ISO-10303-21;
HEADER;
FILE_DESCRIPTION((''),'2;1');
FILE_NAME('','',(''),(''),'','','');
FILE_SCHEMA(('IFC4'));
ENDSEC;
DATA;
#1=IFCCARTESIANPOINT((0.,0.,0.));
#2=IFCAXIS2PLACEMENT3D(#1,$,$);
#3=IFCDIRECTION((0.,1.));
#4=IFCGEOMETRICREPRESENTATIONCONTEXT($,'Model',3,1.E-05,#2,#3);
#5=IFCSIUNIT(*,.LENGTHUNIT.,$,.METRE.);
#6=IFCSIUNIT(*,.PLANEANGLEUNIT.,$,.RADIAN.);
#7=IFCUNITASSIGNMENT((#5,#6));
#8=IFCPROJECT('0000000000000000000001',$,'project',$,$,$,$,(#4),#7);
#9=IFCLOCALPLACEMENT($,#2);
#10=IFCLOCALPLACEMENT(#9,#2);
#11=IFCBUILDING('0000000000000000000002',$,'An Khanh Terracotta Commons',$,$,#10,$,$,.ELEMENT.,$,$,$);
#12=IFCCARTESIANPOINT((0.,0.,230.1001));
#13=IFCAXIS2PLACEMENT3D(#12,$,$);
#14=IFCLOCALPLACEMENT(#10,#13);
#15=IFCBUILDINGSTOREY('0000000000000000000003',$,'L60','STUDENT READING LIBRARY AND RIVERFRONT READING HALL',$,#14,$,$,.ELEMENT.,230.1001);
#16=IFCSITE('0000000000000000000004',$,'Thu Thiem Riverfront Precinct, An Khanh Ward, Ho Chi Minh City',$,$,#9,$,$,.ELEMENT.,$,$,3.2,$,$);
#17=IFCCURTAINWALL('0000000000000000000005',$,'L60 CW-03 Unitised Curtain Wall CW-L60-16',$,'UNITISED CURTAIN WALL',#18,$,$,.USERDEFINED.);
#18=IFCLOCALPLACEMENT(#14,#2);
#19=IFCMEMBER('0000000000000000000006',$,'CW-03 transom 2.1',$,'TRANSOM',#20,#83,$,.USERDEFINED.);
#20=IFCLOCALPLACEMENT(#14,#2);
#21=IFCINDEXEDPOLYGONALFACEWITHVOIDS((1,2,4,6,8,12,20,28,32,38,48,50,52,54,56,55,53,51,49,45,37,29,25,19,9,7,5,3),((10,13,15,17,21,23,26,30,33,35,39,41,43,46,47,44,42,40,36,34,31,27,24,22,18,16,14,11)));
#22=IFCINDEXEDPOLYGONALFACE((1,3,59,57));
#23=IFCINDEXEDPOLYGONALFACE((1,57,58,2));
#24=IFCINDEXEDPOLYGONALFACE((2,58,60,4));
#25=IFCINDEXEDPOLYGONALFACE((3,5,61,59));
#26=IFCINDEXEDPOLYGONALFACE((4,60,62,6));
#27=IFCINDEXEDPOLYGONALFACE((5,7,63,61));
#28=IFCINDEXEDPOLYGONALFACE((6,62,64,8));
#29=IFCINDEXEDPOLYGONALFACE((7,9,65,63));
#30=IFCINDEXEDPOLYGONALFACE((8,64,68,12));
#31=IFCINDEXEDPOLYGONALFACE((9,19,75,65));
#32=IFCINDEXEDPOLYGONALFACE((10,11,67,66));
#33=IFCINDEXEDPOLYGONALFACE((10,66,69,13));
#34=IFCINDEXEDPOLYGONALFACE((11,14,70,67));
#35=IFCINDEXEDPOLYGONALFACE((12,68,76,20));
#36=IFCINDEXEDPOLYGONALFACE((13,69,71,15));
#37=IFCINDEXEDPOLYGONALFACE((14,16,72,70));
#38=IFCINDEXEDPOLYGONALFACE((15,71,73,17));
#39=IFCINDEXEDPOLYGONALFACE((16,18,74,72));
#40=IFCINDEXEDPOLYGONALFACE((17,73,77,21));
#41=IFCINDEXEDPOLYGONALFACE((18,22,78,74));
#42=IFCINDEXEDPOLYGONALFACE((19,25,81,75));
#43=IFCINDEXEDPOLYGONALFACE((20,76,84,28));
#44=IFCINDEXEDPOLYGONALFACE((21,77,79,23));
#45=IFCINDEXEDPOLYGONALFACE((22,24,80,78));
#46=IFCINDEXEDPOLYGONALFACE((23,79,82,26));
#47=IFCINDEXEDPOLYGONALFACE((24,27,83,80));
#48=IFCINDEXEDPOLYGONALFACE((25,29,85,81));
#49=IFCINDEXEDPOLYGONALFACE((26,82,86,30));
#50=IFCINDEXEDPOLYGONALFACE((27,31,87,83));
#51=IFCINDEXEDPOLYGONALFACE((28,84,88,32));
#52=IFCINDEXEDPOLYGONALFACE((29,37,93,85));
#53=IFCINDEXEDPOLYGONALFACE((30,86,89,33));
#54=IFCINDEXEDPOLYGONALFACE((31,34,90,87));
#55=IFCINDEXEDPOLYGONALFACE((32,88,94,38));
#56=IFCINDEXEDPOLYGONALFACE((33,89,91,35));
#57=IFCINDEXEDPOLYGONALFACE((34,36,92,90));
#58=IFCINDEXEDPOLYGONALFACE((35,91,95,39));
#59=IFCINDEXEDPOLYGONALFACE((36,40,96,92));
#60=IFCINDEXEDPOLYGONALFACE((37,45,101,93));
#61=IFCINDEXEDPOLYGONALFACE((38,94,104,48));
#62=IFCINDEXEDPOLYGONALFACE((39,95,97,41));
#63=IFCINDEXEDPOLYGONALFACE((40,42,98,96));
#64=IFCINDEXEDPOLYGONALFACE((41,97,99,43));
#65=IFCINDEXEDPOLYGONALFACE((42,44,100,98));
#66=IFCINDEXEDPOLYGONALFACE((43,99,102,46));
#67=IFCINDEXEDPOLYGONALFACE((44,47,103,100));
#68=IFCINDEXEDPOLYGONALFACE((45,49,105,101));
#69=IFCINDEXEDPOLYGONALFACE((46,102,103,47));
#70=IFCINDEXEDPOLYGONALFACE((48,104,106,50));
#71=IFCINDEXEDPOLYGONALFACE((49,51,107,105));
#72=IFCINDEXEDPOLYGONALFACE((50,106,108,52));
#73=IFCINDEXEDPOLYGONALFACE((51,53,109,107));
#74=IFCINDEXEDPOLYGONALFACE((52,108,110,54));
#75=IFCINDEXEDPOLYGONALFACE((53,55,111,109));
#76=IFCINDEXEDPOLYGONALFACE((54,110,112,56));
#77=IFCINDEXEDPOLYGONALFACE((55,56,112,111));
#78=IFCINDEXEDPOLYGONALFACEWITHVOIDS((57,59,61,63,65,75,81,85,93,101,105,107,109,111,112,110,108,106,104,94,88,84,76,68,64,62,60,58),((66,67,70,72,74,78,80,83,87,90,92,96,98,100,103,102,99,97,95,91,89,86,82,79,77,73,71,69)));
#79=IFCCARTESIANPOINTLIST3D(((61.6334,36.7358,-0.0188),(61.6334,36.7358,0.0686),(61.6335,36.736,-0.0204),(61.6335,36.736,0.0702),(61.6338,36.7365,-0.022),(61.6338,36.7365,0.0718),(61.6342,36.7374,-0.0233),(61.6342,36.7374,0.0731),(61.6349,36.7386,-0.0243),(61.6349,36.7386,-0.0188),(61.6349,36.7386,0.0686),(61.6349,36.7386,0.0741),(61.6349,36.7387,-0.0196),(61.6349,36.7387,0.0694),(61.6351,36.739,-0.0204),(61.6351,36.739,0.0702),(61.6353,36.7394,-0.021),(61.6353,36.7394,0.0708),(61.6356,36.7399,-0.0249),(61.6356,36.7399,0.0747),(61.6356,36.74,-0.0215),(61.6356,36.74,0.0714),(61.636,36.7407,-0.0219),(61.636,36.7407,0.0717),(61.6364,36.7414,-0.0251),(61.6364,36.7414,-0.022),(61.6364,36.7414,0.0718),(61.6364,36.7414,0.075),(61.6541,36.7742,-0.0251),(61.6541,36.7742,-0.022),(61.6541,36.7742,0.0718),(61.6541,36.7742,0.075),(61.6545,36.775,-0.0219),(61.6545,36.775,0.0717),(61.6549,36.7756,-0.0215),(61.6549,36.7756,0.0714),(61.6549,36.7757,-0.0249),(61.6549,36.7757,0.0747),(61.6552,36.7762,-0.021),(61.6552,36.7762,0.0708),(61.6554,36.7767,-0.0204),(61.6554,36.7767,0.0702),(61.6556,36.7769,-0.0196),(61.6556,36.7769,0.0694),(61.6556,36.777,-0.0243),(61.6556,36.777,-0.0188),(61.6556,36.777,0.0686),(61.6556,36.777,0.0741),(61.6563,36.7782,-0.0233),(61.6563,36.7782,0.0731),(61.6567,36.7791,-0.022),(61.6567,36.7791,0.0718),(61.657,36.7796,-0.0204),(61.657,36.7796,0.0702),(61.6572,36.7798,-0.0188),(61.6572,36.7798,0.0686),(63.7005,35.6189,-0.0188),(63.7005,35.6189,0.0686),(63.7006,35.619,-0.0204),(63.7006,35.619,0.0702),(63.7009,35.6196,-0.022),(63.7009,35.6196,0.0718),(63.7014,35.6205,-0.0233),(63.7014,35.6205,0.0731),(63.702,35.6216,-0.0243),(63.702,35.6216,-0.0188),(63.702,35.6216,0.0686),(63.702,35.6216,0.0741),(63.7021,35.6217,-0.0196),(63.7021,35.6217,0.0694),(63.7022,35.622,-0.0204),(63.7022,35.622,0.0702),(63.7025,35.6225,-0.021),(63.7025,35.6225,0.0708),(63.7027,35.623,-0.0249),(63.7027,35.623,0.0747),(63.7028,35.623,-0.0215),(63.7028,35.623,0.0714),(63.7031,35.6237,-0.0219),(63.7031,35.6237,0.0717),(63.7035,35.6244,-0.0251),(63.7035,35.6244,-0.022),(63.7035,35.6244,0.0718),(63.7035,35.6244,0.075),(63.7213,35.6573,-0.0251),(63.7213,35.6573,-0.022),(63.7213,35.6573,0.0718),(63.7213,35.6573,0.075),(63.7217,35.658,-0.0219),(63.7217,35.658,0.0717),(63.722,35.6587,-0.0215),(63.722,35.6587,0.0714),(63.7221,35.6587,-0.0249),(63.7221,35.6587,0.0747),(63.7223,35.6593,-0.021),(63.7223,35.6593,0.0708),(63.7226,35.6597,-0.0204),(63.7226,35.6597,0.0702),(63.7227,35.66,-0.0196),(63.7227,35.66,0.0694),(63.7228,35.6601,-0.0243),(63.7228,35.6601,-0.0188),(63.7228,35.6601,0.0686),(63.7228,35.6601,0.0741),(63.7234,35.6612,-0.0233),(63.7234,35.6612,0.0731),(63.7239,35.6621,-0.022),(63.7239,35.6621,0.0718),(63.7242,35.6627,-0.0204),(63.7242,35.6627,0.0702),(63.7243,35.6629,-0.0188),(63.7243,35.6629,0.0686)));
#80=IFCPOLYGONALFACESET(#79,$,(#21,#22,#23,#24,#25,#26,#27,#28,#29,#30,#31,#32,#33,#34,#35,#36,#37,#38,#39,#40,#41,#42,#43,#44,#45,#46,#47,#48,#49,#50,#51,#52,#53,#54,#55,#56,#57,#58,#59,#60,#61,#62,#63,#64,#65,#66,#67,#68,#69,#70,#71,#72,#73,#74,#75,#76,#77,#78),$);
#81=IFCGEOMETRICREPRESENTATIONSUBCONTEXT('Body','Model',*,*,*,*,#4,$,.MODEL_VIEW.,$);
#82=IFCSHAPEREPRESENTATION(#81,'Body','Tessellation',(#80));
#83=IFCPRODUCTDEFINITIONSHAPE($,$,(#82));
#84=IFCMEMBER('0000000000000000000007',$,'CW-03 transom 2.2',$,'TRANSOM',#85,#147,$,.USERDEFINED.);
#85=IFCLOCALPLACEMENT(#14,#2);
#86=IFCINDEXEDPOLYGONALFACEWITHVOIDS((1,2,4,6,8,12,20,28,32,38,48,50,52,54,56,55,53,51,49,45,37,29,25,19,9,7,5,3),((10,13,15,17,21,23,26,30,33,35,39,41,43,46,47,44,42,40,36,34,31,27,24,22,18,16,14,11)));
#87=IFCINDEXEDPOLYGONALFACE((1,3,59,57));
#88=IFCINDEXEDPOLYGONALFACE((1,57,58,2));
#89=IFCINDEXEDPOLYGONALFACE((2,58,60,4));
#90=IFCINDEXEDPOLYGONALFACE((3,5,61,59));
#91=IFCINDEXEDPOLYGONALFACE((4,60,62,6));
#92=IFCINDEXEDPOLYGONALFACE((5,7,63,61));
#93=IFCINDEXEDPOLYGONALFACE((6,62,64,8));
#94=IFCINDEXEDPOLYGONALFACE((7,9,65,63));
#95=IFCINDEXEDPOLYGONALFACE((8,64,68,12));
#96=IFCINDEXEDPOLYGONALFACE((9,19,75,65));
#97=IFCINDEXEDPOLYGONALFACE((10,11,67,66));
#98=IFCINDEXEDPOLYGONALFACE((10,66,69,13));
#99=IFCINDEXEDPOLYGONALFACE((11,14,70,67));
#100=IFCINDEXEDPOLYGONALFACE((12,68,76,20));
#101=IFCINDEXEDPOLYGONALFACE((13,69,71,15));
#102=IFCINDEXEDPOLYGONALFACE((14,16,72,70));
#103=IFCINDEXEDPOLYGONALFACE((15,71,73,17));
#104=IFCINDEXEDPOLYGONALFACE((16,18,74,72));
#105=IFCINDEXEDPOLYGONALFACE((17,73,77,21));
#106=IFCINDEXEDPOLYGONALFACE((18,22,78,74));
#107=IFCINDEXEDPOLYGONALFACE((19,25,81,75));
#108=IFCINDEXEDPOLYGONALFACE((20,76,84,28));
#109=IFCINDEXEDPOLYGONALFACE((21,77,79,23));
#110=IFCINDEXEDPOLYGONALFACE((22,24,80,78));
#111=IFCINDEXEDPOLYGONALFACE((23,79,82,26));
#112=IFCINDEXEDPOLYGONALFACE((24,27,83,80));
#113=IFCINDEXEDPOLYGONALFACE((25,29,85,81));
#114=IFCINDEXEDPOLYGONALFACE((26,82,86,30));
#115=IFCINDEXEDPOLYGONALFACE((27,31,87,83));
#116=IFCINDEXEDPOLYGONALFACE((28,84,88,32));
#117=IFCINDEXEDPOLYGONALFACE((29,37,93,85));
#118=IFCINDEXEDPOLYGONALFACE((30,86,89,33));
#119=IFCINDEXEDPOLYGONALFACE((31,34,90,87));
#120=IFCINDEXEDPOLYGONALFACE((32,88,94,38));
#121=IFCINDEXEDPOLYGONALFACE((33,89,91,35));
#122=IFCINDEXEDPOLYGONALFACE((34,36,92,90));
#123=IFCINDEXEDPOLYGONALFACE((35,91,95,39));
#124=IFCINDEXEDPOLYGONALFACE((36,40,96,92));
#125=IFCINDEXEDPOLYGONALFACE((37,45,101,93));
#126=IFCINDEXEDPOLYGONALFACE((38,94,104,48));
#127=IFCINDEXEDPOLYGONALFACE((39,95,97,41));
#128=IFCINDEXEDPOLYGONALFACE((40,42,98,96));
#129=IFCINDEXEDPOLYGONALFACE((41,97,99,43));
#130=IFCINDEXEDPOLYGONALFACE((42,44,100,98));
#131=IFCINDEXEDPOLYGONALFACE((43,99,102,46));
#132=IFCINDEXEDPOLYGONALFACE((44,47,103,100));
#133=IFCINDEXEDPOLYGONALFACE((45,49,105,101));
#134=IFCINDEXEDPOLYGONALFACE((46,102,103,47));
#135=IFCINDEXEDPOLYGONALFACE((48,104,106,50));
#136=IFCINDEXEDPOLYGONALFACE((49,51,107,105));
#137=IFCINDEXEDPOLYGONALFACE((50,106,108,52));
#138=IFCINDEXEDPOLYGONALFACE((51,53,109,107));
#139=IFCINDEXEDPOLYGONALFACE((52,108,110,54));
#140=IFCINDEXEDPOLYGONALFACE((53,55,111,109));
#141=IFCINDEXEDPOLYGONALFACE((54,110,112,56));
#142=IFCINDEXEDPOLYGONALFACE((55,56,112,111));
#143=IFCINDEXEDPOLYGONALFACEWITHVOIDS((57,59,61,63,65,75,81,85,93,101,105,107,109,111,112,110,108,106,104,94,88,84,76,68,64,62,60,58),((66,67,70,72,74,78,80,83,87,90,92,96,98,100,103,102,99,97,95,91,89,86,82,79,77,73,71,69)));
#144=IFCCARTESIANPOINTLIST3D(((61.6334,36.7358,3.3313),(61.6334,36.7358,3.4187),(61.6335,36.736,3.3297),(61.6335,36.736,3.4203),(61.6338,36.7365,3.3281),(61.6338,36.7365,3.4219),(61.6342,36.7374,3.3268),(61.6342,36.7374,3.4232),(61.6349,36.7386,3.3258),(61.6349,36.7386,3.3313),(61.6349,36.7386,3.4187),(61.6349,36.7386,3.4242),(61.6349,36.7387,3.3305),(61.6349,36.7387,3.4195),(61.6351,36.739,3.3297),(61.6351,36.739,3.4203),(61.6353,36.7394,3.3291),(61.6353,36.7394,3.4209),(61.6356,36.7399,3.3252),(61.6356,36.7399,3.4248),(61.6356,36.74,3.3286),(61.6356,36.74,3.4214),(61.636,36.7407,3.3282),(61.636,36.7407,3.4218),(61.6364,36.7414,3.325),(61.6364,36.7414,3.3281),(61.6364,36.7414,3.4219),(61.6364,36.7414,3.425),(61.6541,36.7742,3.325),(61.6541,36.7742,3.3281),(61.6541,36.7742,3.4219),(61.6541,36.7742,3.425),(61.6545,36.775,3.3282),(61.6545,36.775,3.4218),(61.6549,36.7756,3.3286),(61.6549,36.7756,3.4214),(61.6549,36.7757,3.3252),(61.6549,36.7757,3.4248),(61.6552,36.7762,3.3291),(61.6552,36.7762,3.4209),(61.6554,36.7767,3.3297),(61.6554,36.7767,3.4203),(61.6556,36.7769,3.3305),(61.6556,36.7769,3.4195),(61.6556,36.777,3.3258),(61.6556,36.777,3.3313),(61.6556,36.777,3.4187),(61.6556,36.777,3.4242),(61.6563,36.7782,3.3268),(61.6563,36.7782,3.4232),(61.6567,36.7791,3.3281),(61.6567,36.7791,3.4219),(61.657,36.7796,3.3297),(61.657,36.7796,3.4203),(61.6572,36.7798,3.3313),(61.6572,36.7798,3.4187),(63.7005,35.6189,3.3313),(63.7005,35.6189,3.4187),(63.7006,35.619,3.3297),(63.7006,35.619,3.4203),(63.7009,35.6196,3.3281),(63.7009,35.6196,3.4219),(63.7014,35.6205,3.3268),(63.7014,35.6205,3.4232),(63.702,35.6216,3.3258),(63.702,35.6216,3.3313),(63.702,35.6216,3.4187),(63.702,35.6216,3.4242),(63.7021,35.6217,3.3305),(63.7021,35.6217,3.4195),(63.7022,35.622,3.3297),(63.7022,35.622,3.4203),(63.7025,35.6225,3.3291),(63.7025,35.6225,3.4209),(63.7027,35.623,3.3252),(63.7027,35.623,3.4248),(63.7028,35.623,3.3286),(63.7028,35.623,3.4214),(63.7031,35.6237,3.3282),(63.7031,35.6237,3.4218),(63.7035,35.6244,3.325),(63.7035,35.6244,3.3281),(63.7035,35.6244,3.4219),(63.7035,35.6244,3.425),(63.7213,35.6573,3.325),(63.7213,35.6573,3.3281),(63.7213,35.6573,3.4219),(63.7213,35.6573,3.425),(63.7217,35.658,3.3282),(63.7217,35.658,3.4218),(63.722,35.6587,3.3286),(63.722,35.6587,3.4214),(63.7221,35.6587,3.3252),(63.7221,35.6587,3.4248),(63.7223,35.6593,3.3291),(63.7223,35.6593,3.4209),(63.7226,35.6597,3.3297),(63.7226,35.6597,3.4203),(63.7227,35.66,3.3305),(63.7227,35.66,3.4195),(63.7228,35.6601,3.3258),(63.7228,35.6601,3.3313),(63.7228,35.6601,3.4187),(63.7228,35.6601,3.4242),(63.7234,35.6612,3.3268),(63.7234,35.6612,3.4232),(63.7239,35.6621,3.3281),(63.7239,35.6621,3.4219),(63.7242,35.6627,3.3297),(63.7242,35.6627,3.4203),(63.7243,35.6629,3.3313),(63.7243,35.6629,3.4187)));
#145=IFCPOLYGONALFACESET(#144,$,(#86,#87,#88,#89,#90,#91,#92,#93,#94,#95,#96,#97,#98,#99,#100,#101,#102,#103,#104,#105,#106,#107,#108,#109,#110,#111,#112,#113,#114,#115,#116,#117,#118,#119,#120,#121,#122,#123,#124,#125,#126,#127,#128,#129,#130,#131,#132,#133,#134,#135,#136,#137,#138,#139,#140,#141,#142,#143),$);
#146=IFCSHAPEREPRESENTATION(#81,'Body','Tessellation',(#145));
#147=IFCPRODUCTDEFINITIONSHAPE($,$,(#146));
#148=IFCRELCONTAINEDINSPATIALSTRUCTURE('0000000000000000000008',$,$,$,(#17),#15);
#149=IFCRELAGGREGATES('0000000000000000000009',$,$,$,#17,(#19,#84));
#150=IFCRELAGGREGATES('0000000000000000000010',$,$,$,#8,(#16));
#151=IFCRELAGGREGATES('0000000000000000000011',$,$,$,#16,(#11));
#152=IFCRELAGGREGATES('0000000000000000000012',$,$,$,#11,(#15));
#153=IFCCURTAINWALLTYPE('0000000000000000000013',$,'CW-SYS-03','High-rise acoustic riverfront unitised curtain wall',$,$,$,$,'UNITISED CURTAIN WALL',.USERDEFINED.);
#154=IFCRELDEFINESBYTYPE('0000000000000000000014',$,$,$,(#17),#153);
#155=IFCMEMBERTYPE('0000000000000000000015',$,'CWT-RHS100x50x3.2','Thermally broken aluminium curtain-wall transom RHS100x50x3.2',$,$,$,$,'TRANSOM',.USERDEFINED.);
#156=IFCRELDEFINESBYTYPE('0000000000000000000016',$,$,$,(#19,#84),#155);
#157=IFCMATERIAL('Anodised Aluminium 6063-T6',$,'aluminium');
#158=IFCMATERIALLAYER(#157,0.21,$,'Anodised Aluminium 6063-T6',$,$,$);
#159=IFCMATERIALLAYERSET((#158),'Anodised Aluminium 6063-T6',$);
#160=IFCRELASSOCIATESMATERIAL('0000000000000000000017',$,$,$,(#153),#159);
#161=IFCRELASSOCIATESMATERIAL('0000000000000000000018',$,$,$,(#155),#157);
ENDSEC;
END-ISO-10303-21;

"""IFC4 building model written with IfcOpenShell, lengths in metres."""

from ifc_helpers import new_model, si_unit, direction, frame, origin, origin_2d, place, context, subcontext, project, spatial, hollow_rectangle, extrude, material, layer, layer_set, material_profile, profile_set, type_object, element, aggregate, save


model = new_model("IFC4")

# Units and contexts
model_context = context("Model", 3, precision=1e-05, world=origin(), true_north=direction((0.0, 1.0)))
body_context = subcontext(model_context, "Body", "Model", "MODEL_VIEW")
ifc_project = project(units=[si_unit("LENGTHUNIT", "METRE"), si_unit("PLANEANGLEUNIT", "RADIAN")], contexts=[model_context])

# Site, building, storey
site_placement = place(None, origin())
site = spatial("IfcSite", under=ifc_project, at=site_placement, Name="Thu Thiem Riverfront Precinct, An Khanh Ward, Ho Chi Minh City", CompositionType="ELEMENT", RefElevation=3.2)
building_placement = place(site_placement, origin())
building = spatial("IfcBuilding", under=site, at=building_placement, Name="An Khanh Terracotta Commons", CompositionType="ELEMENT")
storey_placement = place(building_placement, frame((0.0, 0.0, 230.1001)))
storey = spatial("IfcBuildingStorey", under=building, at=storey_placement, Name="L60", Description="STUDENT READING LIBRARY AND RIVERFRONT READING HALL", CompositionType="ELEMENT", Elevation=230.1001)

# Curtain wall, members
ifc_material_1 = material(Name="Anodised Aluminium 6063-T6", Category="aluminium")
ifc_layer_1 = layer(ifc_material_1, 0.21, Name="Anodised Aluminium 6063-T6")
ifc_layer_set_1 = layer_set([ifc_layer_1], Name="Anodised Aluminium 6063-T6")
curtain_wall_type_1 = type_object("IfcCurtainWallType", Name="CW-SYS-03", Description="High-rise acoustic riverfront unitised curtain wall", ElementType="UNITISED CURTAIN WALL", PredefinedType="USERDEFINED", material=ifc_layer_set_1)
curtain_wall_1_placement = place(storey_placement, origin())
curtain_wall_1 = element("IfcCurtainWall", 1, at=curtain_wall_1_placement, inside=storey, type_object=curtain_wall_type_1, Name="L60 CW-03 Unitised Curtain Wall CW-L60-16", ObjectType="UNITISED CURTAIN WALL", PredefinedType="USERDEFINED")
ifc_material_profile_1 = material_profile(ifc_material_1, hollow_rectangle(XDim=0.05, YDim=0.1001, WallThickness=0.0032, InnerFilletRadius=0.0032, OuterFilletRadius=0.0063, at=origin_2d()), Name="RHS100x50x3.2")
ifc_profile_set_1 = profile_set([ifc_material_profile_1], Name="Anodised Aluminium 6063-T6")
member_type_1 = type_object("IfcMemberType", Name="CWT-RHS100x50x3.2", Description="Thermally broken aluminium curtain-wall transom RHS100x50x3.2", ElementType="TRANSOM", PredefinedType="USERDEFINED", material=ifc_profile_set_1)
member_1_placement = place(storey_placement, frame((63.7124, 35.6409, 0.0249), z_axis=(-0.879783, 0.475376, 0.0), x_axis=(-0.475376, -0.879783, 0.0)))
member_1 = element("IfcMember", 2, at=member_1_placement, type_object=member_type_1, Name="CW-03 transom 2.1", ObjectType="TRANSOM", PredefinedType="USERDEFINED", context=body_context, shape_type="SweptSolid", body=[
    extrude(hollow_rectangle(XDim=0.05, YDim=0.1001, WallThickness=0.0032, InnerFilletRadius=0.0032, OuterFilletRadius=0.0063, at=origin_2d()), origin(), (0.0, 0.0, 1.0), 2.3496),
])
member_2_placement = place(storey_placement, frame((63.7124, 35.6409, 3.375), z_axis=(-0.879783, 0.475376, 0.0), x_axis=(-0.475376, -0.879783, 0.0)))
member_2 = element("IfcMember", 3, at=member_2_placement, type_object=member_type_1, Name="CW-03 transom 2.2", ObjectType="TRANSOM", PredefinedType="USERDEFINED", context=body_context, shape_type="SweptSolid", body=[
    extrude(hollow_rectangle(XDim=0.05, YDim=0.1001, WallThickness=0.0032, InnerFilletRadius=0.0032, OuterFilletRadius=0.0063, at=origin_2d()), origin(), (0.0, 0.0, 1.0), 2.3496),
])

aggregate(curtain_wall_1, [member_1, member_2])

save(model, "model.ifc")
